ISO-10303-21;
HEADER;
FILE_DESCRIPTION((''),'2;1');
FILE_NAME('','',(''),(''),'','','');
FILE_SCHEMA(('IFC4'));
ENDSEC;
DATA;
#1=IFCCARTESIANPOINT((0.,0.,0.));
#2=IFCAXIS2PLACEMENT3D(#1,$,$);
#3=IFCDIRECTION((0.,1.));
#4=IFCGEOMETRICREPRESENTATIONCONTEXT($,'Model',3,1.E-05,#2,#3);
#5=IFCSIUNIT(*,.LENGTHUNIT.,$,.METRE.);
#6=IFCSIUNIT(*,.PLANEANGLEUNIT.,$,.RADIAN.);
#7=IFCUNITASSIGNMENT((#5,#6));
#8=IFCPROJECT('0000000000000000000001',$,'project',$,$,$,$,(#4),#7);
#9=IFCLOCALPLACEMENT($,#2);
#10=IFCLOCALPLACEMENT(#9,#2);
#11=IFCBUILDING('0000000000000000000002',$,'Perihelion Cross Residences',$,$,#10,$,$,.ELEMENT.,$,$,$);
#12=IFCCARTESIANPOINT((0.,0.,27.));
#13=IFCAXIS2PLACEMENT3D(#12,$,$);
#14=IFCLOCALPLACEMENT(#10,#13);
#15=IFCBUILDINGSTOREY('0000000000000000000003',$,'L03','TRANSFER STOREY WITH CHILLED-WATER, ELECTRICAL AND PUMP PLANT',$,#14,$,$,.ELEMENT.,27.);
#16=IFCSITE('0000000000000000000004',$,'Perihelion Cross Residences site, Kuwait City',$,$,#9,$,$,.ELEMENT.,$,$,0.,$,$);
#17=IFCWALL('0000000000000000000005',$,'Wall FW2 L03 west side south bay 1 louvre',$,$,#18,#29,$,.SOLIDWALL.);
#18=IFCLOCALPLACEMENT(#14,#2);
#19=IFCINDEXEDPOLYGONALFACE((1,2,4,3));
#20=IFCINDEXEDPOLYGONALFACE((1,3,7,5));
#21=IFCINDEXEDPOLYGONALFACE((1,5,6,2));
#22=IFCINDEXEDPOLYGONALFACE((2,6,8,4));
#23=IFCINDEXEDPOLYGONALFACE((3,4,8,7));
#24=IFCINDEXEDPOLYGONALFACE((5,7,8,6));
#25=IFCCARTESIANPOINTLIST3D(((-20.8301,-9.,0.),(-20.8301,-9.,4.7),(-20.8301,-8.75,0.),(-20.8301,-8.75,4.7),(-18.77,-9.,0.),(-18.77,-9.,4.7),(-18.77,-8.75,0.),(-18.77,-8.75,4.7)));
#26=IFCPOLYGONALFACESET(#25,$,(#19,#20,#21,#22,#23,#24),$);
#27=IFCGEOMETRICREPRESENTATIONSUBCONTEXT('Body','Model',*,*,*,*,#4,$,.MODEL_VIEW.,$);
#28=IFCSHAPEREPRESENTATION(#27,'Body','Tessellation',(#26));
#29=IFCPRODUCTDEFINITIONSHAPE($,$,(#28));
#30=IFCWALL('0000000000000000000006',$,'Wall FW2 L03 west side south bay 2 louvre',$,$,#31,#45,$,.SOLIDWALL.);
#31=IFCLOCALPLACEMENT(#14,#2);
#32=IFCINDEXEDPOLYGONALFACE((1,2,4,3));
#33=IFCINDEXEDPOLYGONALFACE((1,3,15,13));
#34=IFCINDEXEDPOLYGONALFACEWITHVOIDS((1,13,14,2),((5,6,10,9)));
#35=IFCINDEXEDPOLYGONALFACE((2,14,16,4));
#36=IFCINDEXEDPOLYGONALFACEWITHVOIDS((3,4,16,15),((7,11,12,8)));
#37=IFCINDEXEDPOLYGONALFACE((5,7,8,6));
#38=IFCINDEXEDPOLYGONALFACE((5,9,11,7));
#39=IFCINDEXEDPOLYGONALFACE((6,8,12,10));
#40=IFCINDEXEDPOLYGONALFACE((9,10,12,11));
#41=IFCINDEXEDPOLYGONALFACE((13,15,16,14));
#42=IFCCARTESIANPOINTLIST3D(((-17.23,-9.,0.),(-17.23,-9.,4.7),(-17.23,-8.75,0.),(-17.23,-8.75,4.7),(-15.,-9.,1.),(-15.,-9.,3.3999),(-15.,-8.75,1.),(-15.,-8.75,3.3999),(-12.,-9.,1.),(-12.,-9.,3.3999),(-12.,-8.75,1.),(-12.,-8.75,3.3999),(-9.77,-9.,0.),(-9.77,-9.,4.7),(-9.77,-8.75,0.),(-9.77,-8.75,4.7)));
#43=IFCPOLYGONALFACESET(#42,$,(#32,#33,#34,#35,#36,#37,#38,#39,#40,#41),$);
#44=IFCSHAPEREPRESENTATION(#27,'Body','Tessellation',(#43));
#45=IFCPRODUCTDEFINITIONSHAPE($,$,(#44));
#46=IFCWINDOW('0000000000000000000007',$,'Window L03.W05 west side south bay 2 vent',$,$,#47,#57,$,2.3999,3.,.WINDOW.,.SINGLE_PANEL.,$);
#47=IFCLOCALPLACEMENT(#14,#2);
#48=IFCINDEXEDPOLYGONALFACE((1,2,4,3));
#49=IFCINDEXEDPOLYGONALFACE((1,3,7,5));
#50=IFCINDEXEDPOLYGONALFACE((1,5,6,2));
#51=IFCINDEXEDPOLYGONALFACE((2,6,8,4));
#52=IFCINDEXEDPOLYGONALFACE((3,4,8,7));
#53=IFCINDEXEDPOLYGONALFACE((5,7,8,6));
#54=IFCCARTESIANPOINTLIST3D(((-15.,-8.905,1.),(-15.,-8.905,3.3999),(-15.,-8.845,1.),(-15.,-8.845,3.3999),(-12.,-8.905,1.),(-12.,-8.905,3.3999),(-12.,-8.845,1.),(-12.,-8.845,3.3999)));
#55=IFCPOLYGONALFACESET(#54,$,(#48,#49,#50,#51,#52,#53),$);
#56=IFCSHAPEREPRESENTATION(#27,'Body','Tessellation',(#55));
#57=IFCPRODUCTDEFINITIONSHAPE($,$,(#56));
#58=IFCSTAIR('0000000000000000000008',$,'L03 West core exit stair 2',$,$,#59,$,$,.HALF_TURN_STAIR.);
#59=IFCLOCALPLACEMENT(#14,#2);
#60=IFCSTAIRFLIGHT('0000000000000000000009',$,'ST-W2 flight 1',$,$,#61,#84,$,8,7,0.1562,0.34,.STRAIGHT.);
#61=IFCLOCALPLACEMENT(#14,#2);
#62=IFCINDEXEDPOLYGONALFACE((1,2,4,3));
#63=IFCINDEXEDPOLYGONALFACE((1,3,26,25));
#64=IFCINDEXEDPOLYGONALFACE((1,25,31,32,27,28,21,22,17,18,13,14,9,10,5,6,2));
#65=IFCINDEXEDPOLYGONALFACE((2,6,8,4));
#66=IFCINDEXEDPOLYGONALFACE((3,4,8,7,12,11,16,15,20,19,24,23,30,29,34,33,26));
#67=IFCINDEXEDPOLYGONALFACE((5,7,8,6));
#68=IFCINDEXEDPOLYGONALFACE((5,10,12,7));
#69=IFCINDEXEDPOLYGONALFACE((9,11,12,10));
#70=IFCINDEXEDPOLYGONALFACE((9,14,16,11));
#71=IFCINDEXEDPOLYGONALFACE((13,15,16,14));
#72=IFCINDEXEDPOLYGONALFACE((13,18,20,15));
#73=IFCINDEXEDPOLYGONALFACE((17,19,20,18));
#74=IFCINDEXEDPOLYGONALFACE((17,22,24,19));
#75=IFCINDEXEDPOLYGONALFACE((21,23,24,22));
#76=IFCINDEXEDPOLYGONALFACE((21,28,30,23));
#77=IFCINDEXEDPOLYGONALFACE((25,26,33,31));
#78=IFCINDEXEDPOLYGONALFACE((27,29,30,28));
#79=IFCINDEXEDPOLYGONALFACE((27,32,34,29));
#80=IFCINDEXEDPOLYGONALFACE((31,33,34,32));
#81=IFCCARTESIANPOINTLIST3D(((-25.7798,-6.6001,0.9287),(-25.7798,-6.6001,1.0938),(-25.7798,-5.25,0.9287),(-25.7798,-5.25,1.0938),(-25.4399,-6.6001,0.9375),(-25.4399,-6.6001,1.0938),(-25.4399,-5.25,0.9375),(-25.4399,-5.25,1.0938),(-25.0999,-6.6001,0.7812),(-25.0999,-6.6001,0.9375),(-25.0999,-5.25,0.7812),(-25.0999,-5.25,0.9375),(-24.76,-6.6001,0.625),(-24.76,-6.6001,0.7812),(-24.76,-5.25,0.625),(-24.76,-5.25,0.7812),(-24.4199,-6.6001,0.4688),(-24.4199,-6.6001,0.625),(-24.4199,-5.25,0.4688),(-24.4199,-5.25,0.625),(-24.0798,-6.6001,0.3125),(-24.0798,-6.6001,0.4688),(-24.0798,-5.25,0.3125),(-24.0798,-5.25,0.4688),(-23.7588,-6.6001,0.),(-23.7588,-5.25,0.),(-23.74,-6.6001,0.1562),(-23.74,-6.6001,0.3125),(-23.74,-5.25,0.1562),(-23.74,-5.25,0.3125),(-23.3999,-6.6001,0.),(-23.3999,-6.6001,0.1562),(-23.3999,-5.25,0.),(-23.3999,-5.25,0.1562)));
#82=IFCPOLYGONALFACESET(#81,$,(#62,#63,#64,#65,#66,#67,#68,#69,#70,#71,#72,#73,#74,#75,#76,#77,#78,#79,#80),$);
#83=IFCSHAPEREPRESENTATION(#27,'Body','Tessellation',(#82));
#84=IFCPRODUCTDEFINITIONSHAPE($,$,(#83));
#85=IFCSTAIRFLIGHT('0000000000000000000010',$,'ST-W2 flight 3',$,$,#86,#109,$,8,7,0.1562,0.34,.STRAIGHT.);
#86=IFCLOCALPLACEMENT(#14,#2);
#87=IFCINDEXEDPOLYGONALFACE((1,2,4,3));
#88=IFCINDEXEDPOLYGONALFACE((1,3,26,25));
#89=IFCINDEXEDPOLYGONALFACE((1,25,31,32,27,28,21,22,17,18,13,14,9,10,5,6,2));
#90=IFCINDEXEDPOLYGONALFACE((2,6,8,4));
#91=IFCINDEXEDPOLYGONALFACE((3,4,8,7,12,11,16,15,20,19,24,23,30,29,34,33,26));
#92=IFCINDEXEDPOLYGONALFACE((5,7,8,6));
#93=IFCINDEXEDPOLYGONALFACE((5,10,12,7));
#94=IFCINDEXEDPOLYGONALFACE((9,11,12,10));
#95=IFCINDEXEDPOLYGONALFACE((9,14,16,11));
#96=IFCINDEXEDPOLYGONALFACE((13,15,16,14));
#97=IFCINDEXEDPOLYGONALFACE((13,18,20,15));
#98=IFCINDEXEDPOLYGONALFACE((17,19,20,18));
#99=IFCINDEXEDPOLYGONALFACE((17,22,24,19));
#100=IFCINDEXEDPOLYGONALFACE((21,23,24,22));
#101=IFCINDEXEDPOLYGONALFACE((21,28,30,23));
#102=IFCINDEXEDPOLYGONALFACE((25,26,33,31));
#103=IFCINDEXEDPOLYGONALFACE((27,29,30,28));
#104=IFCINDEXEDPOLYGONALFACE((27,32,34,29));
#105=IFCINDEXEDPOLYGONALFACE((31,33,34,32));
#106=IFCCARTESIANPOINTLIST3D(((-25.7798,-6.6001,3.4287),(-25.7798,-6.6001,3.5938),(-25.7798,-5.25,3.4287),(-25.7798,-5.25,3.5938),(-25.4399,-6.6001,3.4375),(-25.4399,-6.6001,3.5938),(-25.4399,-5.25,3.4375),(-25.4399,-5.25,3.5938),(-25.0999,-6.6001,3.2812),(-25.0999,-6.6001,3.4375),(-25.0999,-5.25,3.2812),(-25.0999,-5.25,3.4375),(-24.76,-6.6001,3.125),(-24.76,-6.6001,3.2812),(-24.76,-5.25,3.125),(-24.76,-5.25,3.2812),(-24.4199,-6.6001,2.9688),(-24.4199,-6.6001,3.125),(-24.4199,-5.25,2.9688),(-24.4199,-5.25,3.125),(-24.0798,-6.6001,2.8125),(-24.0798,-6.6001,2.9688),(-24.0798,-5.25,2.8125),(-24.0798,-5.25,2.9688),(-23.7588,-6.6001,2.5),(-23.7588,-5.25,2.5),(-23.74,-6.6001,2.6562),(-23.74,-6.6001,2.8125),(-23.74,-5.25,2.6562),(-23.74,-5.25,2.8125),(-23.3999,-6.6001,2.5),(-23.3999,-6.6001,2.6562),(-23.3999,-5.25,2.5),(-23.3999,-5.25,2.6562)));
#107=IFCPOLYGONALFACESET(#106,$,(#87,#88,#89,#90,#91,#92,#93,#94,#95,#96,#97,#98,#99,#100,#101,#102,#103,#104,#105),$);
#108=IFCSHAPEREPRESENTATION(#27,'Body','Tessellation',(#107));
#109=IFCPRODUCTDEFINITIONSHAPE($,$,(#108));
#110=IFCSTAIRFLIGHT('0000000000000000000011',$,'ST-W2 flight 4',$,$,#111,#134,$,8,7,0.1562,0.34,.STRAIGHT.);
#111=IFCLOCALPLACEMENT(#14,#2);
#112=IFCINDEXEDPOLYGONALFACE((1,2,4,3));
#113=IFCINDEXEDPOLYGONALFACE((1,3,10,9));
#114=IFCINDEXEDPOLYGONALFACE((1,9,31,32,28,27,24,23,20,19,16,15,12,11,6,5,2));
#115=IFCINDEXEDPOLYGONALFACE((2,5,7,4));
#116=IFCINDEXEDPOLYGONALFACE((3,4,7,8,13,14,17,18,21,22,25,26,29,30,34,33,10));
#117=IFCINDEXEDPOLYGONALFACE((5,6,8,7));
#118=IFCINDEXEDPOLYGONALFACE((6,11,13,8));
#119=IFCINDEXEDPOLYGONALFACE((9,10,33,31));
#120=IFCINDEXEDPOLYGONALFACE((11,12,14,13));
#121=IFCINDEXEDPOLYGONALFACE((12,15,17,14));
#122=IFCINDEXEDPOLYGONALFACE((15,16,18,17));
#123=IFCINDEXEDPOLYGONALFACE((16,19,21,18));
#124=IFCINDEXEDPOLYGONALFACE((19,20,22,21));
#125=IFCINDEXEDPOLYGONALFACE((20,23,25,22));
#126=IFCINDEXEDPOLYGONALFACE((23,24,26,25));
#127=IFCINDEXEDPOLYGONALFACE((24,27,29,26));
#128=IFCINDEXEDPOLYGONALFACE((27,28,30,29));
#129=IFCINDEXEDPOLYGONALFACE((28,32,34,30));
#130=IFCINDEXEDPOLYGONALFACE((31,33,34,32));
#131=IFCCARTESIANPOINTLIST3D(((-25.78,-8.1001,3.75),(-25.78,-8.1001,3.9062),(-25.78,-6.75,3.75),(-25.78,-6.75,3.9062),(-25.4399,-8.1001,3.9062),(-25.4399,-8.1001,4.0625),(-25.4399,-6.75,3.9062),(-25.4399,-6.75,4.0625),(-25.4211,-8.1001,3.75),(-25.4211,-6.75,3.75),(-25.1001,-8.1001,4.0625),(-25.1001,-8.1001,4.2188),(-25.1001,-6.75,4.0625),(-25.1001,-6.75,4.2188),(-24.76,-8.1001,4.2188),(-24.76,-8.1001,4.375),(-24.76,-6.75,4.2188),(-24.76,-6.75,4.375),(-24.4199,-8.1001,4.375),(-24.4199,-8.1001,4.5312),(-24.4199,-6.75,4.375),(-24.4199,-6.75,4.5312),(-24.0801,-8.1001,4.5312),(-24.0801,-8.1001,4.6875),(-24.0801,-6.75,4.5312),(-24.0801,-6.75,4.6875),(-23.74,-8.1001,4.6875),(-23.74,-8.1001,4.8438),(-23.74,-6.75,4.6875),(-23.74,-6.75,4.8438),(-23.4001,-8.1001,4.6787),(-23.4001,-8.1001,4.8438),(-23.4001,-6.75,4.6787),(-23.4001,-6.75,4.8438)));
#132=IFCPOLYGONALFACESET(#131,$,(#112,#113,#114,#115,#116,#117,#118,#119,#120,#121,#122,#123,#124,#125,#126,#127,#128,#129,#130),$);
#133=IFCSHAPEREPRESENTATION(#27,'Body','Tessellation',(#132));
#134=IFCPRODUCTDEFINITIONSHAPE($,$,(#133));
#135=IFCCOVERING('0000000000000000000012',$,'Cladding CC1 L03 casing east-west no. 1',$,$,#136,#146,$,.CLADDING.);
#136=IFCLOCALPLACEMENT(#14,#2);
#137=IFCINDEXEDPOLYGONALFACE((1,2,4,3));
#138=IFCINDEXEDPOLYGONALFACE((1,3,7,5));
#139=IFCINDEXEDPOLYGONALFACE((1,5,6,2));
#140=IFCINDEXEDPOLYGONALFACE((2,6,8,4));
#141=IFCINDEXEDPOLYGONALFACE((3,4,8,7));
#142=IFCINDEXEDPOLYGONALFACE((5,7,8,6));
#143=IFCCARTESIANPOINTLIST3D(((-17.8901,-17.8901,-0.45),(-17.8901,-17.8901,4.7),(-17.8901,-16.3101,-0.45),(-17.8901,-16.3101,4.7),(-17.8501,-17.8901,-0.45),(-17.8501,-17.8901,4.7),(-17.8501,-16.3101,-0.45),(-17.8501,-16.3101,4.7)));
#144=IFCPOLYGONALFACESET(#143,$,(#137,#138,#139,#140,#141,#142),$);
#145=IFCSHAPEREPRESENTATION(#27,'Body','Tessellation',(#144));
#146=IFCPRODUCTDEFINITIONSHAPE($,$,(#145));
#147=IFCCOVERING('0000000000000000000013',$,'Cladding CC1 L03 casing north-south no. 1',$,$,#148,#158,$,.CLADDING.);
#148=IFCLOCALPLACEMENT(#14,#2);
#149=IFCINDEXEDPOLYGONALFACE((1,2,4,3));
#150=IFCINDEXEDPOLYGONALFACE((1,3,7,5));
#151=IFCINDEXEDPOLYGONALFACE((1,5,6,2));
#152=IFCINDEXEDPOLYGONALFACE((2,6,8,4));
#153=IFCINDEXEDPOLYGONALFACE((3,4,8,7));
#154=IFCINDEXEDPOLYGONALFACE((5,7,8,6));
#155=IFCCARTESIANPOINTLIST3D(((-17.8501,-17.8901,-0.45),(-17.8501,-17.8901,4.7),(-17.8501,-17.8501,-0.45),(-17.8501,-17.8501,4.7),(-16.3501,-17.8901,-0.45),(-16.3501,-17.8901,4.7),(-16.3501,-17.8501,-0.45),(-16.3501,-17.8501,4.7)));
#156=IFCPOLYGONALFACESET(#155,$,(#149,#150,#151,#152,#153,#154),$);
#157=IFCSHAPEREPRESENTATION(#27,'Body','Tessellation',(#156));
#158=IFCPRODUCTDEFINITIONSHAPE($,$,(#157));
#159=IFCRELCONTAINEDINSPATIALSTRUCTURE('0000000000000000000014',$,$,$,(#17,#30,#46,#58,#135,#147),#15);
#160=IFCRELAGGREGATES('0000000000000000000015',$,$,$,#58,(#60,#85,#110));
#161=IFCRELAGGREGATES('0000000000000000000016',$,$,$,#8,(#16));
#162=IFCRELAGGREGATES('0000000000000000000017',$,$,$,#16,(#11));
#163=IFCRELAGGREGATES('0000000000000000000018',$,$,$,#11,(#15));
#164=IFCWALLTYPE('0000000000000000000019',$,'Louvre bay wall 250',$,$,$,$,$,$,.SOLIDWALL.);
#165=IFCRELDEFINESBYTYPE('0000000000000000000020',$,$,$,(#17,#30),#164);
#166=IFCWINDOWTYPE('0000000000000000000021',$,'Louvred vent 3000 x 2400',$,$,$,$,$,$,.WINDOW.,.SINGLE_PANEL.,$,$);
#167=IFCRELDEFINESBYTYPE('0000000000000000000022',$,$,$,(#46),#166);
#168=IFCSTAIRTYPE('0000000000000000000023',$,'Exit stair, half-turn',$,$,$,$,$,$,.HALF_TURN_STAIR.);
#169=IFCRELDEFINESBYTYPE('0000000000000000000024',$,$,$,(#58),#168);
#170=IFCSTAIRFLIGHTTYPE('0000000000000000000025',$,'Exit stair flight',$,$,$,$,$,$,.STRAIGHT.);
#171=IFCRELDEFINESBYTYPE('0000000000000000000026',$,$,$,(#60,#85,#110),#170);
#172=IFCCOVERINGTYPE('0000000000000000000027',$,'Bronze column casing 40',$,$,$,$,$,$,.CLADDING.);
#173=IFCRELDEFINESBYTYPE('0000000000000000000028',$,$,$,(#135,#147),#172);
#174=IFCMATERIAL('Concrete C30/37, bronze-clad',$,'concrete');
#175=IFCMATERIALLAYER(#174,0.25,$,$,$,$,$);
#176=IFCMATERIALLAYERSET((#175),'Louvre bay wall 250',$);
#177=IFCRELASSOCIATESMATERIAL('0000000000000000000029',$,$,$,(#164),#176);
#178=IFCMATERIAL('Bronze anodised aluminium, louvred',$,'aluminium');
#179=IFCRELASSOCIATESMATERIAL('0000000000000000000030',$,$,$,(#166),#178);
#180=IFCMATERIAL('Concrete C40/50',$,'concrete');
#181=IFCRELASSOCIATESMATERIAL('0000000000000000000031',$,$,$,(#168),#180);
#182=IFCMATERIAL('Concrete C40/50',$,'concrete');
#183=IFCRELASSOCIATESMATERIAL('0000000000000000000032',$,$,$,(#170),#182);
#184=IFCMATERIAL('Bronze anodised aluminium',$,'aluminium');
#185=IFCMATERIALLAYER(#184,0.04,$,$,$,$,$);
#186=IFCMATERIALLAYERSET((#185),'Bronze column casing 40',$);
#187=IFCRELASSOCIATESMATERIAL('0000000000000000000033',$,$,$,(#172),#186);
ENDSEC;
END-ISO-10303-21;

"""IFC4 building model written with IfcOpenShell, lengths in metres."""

from ifc_helpers import new_model, si_unit, direction, frame, frame_2d, origin, origin_2d, place, context, subcontext, project, spatial, polyline, rectangle, outline, extrude, material, layer, layer_set, type_object, element, fill, aggregate, save


model = new_model("IFC4")

# Units and contexts
model_context = context("Model", 3, precision=1e-05, world=origin(), true_north=direction((0.0, 1.0)))
body_context = subcontext(model_context, "Body", "Model", "MODEL_VIEW")
ifc_project = project(units=[si_unit("LENGTHUNIT", "METRE"), si_unit("PLANEANGLEUNIT", "RADIAN")], contexts=[model_context])

# Site, building, storey
site_placement = place(None, origin())
site = spatial("IfcSite", under=ifc_project, at=site_placement, Name="Perihelion Cross Residences site, Kuwait City", CompositionType="ELEMENT", RefElevation=0.0)
building_placement = place(site_placement, origin())
building = spatial("IfcBuilding", under=site, at=building_placement, Name="Perihelion Cross Residences", CompositionType="ELEMENT")
storey_placement = place(building_placement, frame((0.0, 0.0, 27.0)))
storey = spatial("IfcBuildingStorey", under=building, at=storey_placement, Name="L03", Description="TRANSFER STOREY WITH CHILLED-WATER, ELECTRICAL AND PUMP PLANT", CompositionType="ELEMENT", Elevation=27.0)

# Wall
ifc_material_1 = material(Name="Concrete C30/37, bronze-clad", Category="concrete")
ifc_layer_1 = layer(ifc_material_1, 0.25)
ifc_layer_set_1 = layer_set([ifc_layer_1], Name="Louvre bay wall 250")
wall_type_1 = type_object("IfcWallType", Name="Louvre bay wall 250", PredefinedType="SOLIDWALL", material=ifc_layer_set_1)
wall_1_placement = place(storey_placement, frame((-20.8301, -8.875, 0.0), z_axis=(0.0, 0.0, 1.0), x_axis=(1.0, 0.0, 0.0)))
element("IfcWall", 1, at=wall_1_placement, inside=storey, type_object=wall_type_1, Name="Wall FW2 L03 west side south bay 1 louvre", PredefinedType="SOLIDWALL", context=body_context, shape_type="SweptSolid", body=[
    extrude(rectangle(XDim=2.0601, YDim=0.25, at=frame_2d((1.03, 0.0))), origin(), (0.0, 0.0, 1.0), 4.7),
])

# Wall, opening, window
wall_2_placement = place(storey_placement, frame((-17.23, -8.875, 0.0), z_axis=(0.0, 0.0, 1.0), x_axis=(1.0, 0.0, 0.0)))
wall_2 = element("IfcWall", 2, at=wall_2_placement, inside=storey, type_object=wall_type_1, Name="Wall FW2 L03 west side south bay 2 louvre", PredefinedType="SOLIDWALL", context=body_context, shape_type="SweptSolid", body=[
    extrude(rectangle(XDim=7.46, YDim=0.25, at=frame_2d((3.73, 0.0))), origin(), (0.0, 0.0, 1.0), 4.7),
])
opening_1_placement = place(wall_2_placement, frame((2.23, 0.0, 1.0)))
opening_1 = element("IfcOpeningElement", 3, at=opening_1_placement, cuts=wall_2, PredefinedType="OPENING", context=body_context, shape_type="SweptSolid", body=[
    extrude(rectangle(XDim=3.0, YDim=2.3999, at=frame_2d((1.5, 1.2))), frame((0.0, 0.135, 0.0), z_axis=(0.0, -1.0, 0.0), x_axis=(1.0, 0.0, 0.0)), (0.0, 0.0, 1.0), 0.27),
])
ifc_material_2 = material(Name="Bronze anodised aluminium, louvred", Category="aluminium")
window_type = type_object("IfcWindowType", Name="Louvred vent 3000 x 2400", PartitioningType="SINGLE_PANEL", PredefinedType="WINDOW", material=ifc_material_2)
window_placement = place(opening_1_placement, origin())
window = element("IfcWindow", 4, at=window_placement, inside=storey, type_object=window_type, Name="Window L03.W05 west side south bay 2 vent", OverallHeight=2.3999, OverallWidth=3.0, PartitioningType="SINGLE_PANEL", PredefinedType="WINDOW", context=body_context, shape_type="SweptSolid", body=[
    extrude(rectangle(XDim=3.0, YDim=2.3999, at=frame_2d((1.5, 1.2))), frame((0.0, 0.03, 0.0), z_axis=(0.0, -1.0, 0.0), x_axis=(1.0, 0.0, 0.0)), (0.0, 0.0, 1.0), 0.0601),
])
fill(opening_1, window)

# Stair, stair flights
ifc_material_3 = material(Name="Concrete C40/50", Category="concrete")
stair_type = type_object("IfcStairType", Name="Exit stair, half-turn", PredefinedType="HALF_TURN_STAIR", material=ifc_material_3)
stair_placement = place(storey_placement, origin())
stair = element("IfcStair", 5, at=stair_placement, inside=storey, type_object=stair_type, Name="L03 West core exit stair 2", PredefinedType="HALF_TURN_STAIR")
ifc_material_4 = material(Name="Concrete C40/50", Category="concrete")
stair_flight_type = type_object("IfcStairFlightType", Name="Exit stair flight", PredefinedType="STRAIGHT", material=ifc_material_4)
stair_flight_1_placement = place(storey_placement, frame((-23.3999, -5.925, 0.0), z_axis=(0.0, 0.0, 1.0), x_axis=(-1.0, 0.0, 0.0)))
stair_flight_1 = element("IfcStairFlight", 6, at=stair_flight_1_placement, type_object=stair_flight_type, Name="ST-W2 flight 1", NumberOfRisers=8, NumberOfTreads=7, PredefinedType="STRAIGHT", RiserHeight=0.1562, TreadLength=0.34, context=body_context, shape_type="SweptSolid", body=[
    extrude(outline(polyline([(0.0, 0.0), (0.0, 0.1562), (0.3401, 0.1562), (0.3401, 0.3125), (0.6799, 0.3125), (0.6799, 0.4688), (1.02, 0.4688), (1.02, 0.625), (1.3601, 0.625), (1.3601, 0.7812), (1.7, 0.7812), (1.7, 0.9375), (2.04, 0.9375), (2.04, 1.0938), (2.3799, 1.0938), (2.3799, 1.25), (2.3799, 0.9287), (0.3589, 0.0), (0.0, 0.0)])), frame((0.0, 0.675, 0.0), z_axis=(0.0, -1.0, 0.0), x_axis=(1.0, 0.0, 0.0)), (0.0, 0.0, 1.0), 1.3501),
])
stair_flight_2_placement = place(storey_placement, frame((-23.3999, -5.925, 2.5), z_axis=(0.0, 0.0, 1.0), x_axis=(-1.0, 0.0, 0.0)))
stair_flight_2 = element("IfcStairFlight", 7, at=stair_flight_2_placement, type_object=stair_flight_type, Name="ST-W2 flight 3", NumberOfRisers=8, NumberOfTreads=7, PredefinedType="STRAIGHT", RiserHeight=0.1562, TreadLength=0.34, context=body_context, shape_type="SweptSolid", body=[
    extrude(outline(polyline([(0.0, 0.0), (0.0, 0.1562), (0.3401, 0.1562), (0.3401, 0.3125), (0.6799, 0.3125), (0.6799, 0.4688), (1.02, 0.4688), (1.02, 0.625), (1.3601, 0.625), (1.3601, 0.7812), (1.7, 0.7812), (1.7, 0.9375), (2.04, 0.9375), (2.04, 1.0938), (2.3799, 1.0938), (2.3799, 1.25), (2.3799, 0.9287), (0.3589, 0.0), (0.0, 0.0)])), frame((0.0, 0.675, 0.0), z_axis=(0.0, -1.0, 0.0), x_axis=(1.0, 0.0, 0.0)), (0.0, 0.0, 1.0), 1.3501),
])
stair_flight_3_placement = place(storey_placement, frame((-25.78, -7.425, 3.75), z_axis=(0.0, 0.0, 1.0), x_axis=(1.0, 0.0, 0.0)))
stair_flight_3 = element("IfcStairFlight", 8, at=stair_flight_3_placement, type_object=stair_flight_type, Name="ST-W2 flight 4", NumberOfRisers=8, NumberOfTreads=7, PredefinedType="STRAIGHT", RiserHeight=0.1562, TreadLength=0.34, context=body_context, shape_type="SweptSolid", body=[
    extrude(outline(polyline([(0.0, 0.0), (0.0, 0.1562), (0.3401, 0.1562), (0.3401, 0.3125), (0.6799, 0.3125), (0.6799, 0.4688), (1.02, 0.4688), (1.02, 0.625), (1.3601, 0.625), (1.3601, 0.7812), (1.7, 0.7812), (1.7, 0.9375), (2.04, 0.9375), (2.04, 1.0938), (2.3799, 1.0938), (2.3799, 1.25), (2.3799, 0.9287), (0.3589, 0.0), (0.0, 0.0)])), frame((0.0, 0.675, 0.0), z_axis=(0.0, -1.0, 0.0), x_axis=(1.0, 0.0, 0.0)), (0.0, 0.0, 1.0), 1.3501),
])
aggregate(stair, [stair_flight_1, stair_flight_2, stair_flight_3])

# Coverings
ifc_material_5 = material(Name="Bronze anodised aluminium", Category="aluminium")
ifc_layer_2 = layer(ifc_material_5, 0.04)
ifc_layer_set_2 = layer_set([ifc_layer_2], Name="Bronze column casing 40")
covering_type = type_object("IfcCoveringType", Name="Bronze column casing 40", PredefinedType="CLADDING", material=ifc_layer_set_2)
covering_1_placement = place(storey_placement, frame((-17.8701, -17.1001, -0.45), z_axis=(0.0, 0.0, 1.0), x_axis=(1.0, 0.0, 0.0)))
element("IfcCovering", 9, at=covering_1_placement, inside=storey, type_object=covering_type, Name="Cladding CC1 L03 casing east-west no. 1", PredefinedType="CLADDING", context=body_context, shape_type="SweptSolid", body=[
    extrude(rectangle(XDim=0.04, YDim=1.5801, at=origin_2d()), origin(), (0.0, 0.0, 1.0), 5.1499),
])
covering_2_placement = place(storey_placement, frame((-17.1001, -17.8701, -0.45), z_axis=(0.0, 0.0, 1.0), x_axis=(1.0, 0.0, 0.0)))
element("IfcCovering", 10, at=covering_2_placement, inside=storey, type_object=covering_type, Name="Cladding CC1 L03 casing north-south no. 1", PredefinedType="CLADDING", context=body_context, shape_type="SweptSolid", body=[
    extrude(rectangle(XDim=1.5, YDim=0.04, at=origin_2d()), origin(), (0.0, 0.0, 1.0), 5.1499),
])

save(model, "model.ifc")
